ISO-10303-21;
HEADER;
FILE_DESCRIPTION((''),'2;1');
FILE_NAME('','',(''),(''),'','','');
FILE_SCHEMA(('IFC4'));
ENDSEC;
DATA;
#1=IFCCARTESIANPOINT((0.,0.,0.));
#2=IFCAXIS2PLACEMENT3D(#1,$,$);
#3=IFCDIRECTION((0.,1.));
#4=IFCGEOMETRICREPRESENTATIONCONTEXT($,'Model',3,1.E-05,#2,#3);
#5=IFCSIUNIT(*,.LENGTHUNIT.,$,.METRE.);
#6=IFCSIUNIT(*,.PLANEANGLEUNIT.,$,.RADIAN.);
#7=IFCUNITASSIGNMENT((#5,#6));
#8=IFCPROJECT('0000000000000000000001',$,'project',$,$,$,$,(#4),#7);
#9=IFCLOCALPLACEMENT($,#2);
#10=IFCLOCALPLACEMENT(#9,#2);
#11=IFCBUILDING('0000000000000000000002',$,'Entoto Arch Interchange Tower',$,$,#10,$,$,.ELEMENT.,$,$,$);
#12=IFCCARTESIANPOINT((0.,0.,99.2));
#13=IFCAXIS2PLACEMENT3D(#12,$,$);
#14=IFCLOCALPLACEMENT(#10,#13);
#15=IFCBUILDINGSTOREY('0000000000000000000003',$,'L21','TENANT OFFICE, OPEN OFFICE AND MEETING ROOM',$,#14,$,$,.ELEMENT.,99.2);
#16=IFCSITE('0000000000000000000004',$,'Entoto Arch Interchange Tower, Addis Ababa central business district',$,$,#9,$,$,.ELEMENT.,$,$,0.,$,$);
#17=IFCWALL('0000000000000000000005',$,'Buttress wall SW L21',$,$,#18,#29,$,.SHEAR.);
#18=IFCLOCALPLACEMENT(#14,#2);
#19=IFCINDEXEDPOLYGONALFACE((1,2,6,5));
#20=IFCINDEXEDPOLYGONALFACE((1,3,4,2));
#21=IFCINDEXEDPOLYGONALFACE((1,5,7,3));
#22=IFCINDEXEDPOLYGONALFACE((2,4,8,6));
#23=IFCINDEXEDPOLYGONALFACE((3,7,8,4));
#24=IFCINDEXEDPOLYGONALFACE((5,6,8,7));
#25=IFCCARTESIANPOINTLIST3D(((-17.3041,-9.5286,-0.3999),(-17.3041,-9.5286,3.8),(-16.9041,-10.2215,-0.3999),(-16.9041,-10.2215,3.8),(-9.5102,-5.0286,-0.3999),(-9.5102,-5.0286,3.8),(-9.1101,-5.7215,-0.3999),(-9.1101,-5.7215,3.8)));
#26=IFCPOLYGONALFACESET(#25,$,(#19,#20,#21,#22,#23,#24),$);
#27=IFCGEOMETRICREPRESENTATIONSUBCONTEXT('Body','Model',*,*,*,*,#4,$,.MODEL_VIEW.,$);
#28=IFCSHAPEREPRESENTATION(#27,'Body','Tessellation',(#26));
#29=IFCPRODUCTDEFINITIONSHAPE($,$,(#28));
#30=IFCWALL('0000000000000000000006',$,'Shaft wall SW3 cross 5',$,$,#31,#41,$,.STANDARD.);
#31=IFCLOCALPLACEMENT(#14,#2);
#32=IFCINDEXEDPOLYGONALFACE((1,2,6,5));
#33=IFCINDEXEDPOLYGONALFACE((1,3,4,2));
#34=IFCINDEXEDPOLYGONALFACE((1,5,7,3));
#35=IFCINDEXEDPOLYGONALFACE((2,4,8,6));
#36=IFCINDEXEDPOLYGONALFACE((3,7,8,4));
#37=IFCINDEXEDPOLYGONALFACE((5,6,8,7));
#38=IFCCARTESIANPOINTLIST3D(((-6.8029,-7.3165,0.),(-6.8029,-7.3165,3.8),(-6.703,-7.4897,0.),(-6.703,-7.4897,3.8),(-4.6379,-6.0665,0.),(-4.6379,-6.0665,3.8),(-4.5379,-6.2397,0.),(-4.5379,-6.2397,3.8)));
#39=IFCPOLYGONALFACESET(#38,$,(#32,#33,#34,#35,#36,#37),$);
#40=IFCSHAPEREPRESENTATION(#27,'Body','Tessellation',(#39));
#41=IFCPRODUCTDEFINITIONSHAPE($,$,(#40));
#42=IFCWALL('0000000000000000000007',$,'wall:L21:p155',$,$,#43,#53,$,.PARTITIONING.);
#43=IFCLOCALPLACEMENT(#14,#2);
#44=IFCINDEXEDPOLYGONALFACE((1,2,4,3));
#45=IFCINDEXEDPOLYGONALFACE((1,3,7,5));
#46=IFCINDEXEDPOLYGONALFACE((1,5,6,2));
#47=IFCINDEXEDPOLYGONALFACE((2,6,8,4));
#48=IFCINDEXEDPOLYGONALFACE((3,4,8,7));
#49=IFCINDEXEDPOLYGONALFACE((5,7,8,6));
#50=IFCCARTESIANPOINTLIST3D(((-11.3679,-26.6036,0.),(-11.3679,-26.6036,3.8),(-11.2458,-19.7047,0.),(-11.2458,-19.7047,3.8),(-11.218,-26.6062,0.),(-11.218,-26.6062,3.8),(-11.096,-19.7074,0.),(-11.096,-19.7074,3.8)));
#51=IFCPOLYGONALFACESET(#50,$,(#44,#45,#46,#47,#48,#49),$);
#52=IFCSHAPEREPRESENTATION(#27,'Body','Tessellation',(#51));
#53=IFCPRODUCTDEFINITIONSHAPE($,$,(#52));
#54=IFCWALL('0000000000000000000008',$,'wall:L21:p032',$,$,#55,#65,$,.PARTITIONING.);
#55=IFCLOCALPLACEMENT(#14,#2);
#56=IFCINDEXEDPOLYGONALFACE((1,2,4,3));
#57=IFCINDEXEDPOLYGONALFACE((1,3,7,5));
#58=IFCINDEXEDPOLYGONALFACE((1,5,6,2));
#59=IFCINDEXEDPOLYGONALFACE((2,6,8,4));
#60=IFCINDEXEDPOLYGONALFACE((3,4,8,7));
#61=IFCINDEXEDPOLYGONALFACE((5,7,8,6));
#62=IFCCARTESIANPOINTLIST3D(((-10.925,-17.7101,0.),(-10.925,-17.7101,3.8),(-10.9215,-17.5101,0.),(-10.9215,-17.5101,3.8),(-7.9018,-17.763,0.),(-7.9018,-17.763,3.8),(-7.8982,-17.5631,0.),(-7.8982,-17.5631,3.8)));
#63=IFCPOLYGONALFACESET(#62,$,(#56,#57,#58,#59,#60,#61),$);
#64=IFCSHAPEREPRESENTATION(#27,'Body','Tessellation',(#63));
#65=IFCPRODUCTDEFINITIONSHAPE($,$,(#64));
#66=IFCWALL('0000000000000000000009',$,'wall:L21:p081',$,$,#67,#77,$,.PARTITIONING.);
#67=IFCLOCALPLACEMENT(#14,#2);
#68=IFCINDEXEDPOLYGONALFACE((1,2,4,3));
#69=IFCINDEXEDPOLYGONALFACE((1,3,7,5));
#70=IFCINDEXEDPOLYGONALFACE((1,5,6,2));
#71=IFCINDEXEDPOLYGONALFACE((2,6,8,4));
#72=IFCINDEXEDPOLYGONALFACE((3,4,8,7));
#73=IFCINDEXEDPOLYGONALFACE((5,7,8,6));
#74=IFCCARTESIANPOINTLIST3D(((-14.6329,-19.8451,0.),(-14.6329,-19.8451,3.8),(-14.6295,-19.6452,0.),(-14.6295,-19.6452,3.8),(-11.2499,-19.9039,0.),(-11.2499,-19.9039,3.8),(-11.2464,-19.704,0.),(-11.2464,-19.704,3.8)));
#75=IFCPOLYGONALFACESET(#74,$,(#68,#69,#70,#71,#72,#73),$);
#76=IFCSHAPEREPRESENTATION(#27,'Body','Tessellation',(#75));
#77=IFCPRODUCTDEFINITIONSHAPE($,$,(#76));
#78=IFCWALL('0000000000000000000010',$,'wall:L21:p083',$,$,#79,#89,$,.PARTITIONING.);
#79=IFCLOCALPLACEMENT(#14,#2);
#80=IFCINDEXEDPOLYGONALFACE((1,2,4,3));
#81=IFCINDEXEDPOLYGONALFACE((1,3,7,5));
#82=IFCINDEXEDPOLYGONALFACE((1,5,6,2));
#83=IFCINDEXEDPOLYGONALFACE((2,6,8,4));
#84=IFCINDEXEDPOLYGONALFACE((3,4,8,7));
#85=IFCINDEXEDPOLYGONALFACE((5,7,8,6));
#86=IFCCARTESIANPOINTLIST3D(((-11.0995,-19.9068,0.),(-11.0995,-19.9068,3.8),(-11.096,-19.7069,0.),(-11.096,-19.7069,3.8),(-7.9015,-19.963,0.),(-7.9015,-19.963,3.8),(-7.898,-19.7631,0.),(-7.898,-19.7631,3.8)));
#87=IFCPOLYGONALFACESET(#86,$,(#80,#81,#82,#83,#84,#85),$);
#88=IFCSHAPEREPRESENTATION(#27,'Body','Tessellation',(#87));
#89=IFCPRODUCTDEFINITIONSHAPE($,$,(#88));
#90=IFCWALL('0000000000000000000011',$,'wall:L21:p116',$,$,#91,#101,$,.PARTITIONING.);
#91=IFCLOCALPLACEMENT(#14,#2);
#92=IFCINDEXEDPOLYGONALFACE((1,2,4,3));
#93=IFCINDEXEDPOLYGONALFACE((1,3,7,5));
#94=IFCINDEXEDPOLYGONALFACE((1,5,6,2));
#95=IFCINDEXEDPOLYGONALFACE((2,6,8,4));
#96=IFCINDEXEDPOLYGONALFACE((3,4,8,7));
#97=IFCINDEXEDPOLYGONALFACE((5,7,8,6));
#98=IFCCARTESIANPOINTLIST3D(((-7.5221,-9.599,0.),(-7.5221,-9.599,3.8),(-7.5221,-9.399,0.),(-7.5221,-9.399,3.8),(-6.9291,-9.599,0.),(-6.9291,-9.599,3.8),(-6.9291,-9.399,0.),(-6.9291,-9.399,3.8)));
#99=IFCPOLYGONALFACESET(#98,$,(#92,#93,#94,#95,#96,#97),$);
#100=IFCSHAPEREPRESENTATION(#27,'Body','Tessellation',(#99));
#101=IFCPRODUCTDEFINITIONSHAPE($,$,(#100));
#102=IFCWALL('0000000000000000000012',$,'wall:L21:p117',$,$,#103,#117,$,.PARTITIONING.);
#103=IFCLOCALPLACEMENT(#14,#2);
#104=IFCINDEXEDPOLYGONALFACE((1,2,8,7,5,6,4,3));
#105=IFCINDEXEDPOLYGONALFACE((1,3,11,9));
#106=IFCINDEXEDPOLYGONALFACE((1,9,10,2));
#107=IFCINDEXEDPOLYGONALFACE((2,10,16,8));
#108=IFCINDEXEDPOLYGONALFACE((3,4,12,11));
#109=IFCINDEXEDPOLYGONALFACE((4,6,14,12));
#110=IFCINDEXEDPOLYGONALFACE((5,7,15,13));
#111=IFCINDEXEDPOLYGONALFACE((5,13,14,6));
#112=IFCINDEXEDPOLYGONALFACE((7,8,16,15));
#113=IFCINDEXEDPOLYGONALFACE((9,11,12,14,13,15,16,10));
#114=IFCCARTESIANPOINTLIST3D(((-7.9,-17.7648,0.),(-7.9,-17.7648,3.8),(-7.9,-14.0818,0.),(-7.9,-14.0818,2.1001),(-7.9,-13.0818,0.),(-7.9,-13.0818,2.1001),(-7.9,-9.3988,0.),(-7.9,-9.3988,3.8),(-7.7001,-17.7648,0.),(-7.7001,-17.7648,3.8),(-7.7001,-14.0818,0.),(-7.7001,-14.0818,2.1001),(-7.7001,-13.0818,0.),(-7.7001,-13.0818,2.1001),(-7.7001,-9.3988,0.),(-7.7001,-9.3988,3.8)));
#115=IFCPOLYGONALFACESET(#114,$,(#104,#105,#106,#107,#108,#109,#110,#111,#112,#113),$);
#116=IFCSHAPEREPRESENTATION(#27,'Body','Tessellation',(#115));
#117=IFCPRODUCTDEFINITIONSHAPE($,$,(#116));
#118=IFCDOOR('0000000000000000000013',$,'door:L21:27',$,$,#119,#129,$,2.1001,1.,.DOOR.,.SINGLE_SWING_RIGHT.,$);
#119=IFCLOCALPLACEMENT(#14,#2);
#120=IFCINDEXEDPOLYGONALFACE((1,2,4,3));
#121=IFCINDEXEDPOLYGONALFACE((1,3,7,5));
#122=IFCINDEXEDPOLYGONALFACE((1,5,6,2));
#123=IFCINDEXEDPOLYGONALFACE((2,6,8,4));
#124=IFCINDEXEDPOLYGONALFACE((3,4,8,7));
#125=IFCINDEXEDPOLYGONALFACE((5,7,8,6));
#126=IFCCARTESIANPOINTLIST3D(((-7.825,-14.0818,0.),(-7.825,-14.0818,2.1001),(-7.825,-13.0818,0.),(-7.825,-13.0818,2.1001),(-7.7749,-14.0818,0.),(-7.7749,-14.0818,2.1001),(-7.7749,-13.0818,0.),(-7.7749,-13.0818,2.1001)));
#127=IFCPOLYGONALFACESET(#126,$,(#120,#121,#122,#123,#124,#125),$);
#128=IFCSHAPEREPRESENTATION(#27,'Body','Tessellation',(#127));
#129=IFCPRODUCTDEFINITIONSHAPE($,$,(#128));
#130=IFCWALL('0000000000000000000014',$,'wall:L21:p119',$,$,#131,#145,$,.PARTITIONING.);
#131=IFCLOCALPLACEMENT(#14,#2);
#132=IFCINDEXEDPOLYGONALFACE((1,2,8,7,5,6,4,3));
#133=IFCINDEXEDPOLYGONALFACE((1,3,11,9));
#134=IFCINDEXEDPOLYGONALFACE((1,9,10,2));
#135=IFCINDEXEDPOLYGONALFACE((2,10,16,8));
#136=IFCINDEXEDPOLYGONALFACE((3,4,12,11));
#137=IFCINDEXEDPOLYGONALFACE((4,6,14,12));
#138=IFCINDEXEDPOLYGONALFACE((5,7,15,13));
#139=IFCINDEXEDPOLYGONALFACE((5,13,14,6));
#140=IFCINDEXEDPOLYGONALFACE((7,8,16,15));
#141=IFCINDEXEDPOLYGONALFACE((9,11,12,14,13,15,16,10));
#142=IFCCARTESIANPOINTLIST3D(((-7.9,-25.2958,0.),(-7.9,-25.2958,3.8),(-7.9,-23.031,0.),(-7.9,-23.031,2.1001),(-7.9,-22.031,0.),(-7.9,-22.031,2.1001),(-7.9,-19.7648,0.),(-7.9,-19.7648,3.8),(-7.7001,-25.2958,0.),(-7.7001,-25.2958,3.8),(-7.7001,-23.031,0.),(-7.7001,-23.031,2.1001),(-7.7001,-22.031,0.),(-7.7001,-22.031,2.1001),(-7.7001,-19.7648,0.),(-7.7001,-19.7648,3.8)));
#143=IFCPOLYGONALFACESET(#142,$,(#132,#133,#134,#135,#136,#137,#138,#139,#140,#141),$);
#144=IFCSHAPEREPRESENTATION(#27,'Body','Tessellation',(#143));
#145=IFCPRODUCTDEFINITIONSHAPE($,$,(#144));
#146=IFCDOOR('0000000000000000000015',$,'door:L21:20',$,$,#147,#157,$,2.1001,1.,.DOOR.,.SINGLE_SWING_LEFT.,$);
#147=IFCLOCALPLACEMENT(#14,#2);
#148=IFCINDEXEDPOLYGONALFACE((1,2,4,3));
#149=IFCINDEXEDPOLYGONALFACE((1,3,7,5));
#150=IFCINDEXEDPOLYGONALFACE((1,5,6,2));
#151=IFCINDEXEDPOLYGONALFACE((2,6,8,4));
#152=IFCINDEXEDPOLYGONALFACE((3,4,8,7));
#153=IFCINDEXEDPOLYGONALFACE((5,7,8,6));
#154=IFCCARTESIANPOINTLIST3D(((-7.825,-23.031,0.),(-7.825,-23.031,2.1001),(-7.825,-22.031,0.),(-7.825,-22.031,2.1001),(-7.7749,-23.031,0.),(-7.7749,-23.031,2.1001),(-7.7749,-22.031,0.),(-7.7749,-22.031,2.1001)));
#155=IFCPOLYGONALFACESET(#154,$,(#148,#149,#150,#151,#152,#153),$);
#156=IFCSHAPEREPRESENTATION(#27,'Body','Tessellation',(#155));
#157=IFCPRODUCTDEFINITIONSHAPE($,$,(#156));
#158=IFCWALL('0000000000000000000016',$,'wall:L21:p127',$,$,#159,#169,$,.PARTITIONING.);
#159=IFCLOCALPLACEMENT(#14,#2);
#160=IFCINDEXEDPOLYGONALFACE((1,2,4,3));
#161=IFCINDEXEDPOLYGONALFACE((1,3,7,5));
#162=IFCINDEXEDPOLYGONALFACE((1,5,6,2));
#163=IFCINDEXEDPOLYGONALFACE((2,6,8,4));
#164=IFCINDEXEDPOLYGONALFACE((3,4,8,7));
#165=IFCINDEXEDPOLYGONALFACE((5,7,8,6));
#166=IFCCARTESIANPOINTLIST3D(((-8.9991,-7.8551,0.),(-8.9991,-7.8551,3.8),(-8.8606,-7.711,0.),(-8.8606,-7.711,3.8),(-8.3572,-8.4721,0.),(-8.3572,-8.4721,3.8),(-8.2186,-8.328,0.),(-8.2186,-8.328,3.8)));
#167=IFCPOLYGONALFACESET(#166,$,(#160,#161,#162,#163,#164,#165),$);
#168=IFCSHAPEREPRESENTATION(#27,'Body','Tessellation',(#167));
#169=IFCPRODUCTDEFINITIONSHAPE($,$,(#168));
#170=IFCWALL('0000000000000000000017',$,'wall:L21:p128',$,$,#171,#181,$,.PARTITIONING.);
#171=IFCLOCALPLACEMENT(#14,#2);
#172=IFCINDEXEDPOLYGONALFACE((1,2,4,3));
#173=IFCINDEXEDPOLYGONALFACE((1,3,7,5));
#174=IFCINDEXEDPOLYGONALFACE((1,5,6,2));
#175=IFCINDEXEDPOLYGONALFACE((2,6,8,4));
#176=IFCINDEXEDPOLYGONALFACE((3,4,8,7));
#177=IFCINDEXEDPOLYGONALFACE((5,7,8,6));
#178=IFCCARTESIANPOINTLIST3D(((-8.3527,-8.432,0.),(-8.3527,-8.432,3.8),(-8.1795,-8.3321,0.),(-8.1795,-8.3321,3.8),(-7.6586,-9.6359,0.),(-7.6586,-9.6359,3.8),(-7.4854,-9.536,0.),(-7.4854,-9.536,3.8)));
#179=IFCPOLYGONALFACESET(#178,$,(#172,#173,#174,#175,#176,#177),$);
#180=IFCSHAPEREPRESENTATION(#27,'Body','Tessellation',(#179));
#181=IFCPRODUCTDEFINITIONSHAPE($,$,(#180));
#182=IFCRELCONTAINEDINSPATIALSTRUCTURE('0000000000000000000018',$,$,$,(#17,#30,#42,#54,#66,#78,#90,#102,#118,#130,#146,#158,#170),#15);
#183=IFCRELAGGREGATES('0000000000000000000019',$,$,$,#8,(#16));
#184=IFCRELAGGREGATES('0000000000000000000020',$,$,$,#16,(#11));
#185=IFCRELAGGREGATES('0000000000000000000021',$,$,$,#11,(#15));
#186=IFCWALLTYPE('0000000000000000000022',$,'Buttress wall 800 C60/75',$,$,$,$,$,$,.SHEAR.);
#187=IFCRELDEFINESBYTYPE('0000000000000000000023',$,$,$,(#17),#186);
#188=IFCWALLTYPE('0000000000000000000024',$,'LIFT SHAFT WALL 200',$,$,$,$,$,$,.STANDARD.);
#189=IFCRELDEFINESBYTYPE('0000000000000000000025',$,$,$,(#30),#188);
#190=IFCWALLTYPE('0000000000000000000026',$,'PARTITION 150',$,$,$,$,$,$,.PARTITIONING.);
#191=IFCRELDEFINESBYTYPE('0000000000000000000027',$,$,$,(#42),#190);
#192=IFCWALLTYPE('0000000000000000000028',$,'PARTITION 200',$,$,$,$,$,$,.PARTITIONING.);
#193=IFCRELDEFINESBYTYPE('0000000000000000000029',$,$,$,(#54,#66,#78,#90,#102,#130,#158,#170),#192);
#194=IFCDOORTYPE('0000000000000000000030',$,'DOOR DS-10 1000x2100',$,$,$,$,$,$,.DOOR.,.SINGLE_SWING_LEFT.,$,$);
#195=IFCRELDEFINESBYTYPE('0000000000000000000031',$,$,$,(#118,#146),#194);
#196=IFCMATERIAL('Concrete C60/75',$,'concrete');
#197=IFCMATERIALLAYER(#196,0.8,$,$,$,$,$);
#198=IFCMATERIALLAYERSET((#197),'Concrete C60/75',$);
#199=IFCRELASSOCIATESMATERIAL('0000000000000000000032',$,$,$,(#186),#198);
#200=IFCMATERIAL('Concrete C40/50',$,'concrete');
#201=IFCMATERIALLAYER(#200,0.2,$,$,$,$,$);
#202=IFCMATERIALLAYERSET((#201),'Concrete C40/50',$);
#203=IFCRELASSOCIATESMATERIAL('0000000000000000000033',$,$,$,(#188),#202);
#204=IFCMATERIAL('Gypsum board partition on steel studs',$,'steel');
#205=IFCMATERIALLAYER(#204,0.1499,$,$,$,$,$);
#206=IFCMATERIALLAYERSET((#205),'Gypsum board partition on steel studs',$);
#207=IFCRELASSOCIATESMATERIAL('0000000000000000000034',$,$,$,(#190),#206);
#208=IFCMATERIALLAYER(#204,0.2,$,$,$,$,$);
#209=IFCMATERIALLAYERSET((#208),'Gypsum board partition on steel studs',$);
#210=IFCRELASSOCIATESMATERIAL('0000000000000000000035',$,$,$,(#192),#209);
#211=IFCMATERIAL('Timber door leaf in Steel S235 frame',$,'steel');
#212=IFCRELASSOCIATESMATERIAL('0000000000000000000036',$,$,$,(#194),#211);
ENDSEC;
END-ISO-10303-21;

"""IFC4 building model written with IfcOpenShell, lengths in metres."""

from ifc_helpers import new_model, si_unit, direction, frame, frame_2d, origin, place, context, subcontext, project, spatial, rectangle, extrude, material, layer, layer_set, type_object, element, fill, save


model = new_model("IFC4")

# Units and contexts
model_context = context("Model", 3, precision=1e-05, world=origin(), true_north=direction((0.0, 1.0)))
body_context = subcontext(model_context, "Body", "Model", "MODEL_VIEW")
ifc_project = project(units=[si_unit("LENGTHUNIT", "METRE"), si_unit("PLANEANGLEUNIT", "RADIAN")], contexts=[model_context])

# Site, building, storey
site_placement = place(None, origin())
site = spatial("IfcSite", under=ifc_project, at=site_placement, Name="Entoto Arch Interchange Tower, Addis Ababa central business district", CompositionType="ELEMENT", RefElevation=0.0)
building_placement = place(site_placement, origin())
building = spatial("IfcBuilding", under=site, at=building_placement, Name="Entoto Arch Interchange Tower", CompositionType="ELEMENT")
storey_placement = place(building_placement, frame((0.0, 0.0, 99.2)))
storey = spatial("IfcBuildingStorey", under=building, at=storey_placement, Name="L21", Description="TENANT OFFICE, OPEN OFFICE AND MEETING ROOM", CompositionType="ELEMENT", Elevation=99.2)

# Shared definitions
ifc_material_1 = material(Name="Concrete C60/75", Category="concrete")

# Walls
ifc_layer_1 = layer(ifc_material_1, 0.8)
ifc_layer_set_1 = layer_set([ifc_layer_1], Name="Concrete C60/75")
wall_type_1 = type_object("IfcWallType", Name="Buttress wall 800 C60/75", PredefinedType="SHEAR", material=ifc_layer_set_1)
wall_1_placement = place(storey_placement, frame((-9.3101, -5.375, -0.3999), z_axis=(0.0, 0.0, 1.0), x_axis=(-0.866018, -0.500014, 0.0)))
element("IfcWall", 1, at=wall_1_placement, inside=storey, type_object=wall_type_1, Name="Buttress wall SW L21", PredefinedType="SHEAR", context=body_context, shape_type="SweptSolid", body=[
    extrude(rectangle(XDim=8.9998, YDim=0.8, at=frame_2d((4.5, 0.0))), origin(), (0.0, 0.0, 1.0), 4.2),
])
ifc_material_2 = material(Name="Concrete C40/50", Category="concrete")
ifc_layer_2 = layer(ifc_material_2, 0.2)
ifc_layer_set_2 = layer_set([ifc_layer_2], Name="Concrete C40/50")
wall_type_2 = type_object("IfcWallType", Name="LIFT SHAFT WALL 200", PredefinedType="STANDARD", material=ifc_layer_set_2)
wall_2_placement = place(storey_placement, frame((-4.5879, -6.1531, 0.0), z_axis=(0.0, 0.0, 1.0), x_axis=(-0.866023, -0.500004, 0.0)))
element("IfcWall", 2, at=wall_2_placement, inside=storey, type_object=wall_type_2, Name="Shaft wall SW3 cross 5", PredefinedType="STANDARD", context=body_context, shape_type="SweptSolid", body=[
    extrude(rectangle(XDim=2.5, YDim=0.2, at=frame_2d((1.25, 0.0))), origin(), (0.0, 0.0, 1.0), 3.8),
])
ifc_material_3 = material(Name="Gypsum board partition on steel studs", Category="steel")
ifc_layer_3 = layer(ifc_material_3, 0.1499)
ifc_layer_set_3 = layer_set([ifc_layer_3], Name="Gypsum board partition on steel studs")
wall_type_3 = type_object("IfcWallType", Name="PARTITION 150", PredefinedType="PARTITIONING", material=ifc_layer_set_3)
wall_3_placement = place(storey_placement, frame((-11.1709, -19.7061, 0.0), z_axis=(0.0, 0.0, 1.0), x_axis=(-0.017691, -0.999843, 0.0)))
element("IfcWall", 3, at=wall_3_placement, inside=storey, type_object=wall_type_3, Name="wall:L21:p155", PredefinedType="PARTITIONING", context=body_context, shape_type="SweptSolid", body=[
    extrude(rectangle(XDim=6.8999, YDim=0.1499, at=frame_2d((3.45, 0.0))), origin(), (0.0, 0.0, 1.0), 3.8),
])
ifc_layer_4 = layer(ifc_material_3, 0.2)
ifc_layer_set_4 = layer_set([ifc_layer_4], Name="Gypsum board partition on steel studs")
wall_type_4 = type_object("IfcWallType", Name="PARTITION 200", PredefinedType="PARTITIONING", material=ifc_layer_set_4)
wall_4_placement = place(storey_placement, frame((-10.9231, -17.6101, 0.0), z_axis=(0.0, 0.0, 1.0), x_axis=(0.999846, -0.017521, 0.0)))
element("IfcWall", 4, at=wall_4_placement, inside=storey, type_object=wall_type_4, Name="wall:L21:p032", PredefinedType="PARTITIONING", context=body_context, shape_type="SweptSolid", body=[
    extrude(rectangle(XDim=3.0237, YDim=0.2, at=frame_2d((1.5117, 0.0))), origin(), (0.0, 0.0, 1.0), 3.8),
])
wall_5_placement = place(storey_placement, frame((-11.248, -19.804, 0.0), z_axis=(0.0, 0.0, 1.0), x_axis=(-0.999849, 0.017389, 0.0)))
element("IfcWall", 5, at=wall_5_placement, inside=storey, type_object=wall_type_4, Name="wall:L21:p081", PredefinedType="PARTITIONING", context=body_context, shape_type="SweptSolid", body=[
    extrude(rectangle(XDim=3.3835, YDim=0.2, at=frame_2d((1.6919, 0.0))), origin(), (0.0, 0.0, 1.0), 3.8),
])
wall_6_placement = place(storey_placement, frame((-7.8999, -19.863, 0.0), z_axis=(0.0, 0.0, 1.0), x_axis=(-0.999846, 0.017556, 0.0)))
element("IfcWall", 6, at=wall_6_placement, inside=storey, type_object=wall_type_4, Name="wall:L21:p083", PredefinedType="PARTITIONING", context=body_context, shape_type="SweptSolid", body=[
    extrude(rectangle(XDim=3.1985, YDim=0.2, at=frame_2d((1.5991, 0.0))), origin(), (0.0, 0.0, 1.0), 3.8),
])
wall_7_placement = place(storey_placement, frame((-7.522, -9.499, 0.0), z_axis=(0.0, 0.0, 1.0), x_axis=(1.0, 0.0, 0.0)))
element("IfcWall", 7, at=wall_7_placement, inside=storey, type_object=wall_type_4, Name="wall:L21:p116", PredefinedType="PARTITIONING", context=body_context, shape_type="SweptSolid", body=[
    extrude(rectangle(XDim=0.593, YDim=0.2, at=frame_2d((0.2964, 0.0))), origin(), (0.0, 0.0, 1.0), 3.8),
])

# Walls, openings, doors
wall_8_placement = place(storey_placement, frame((-7.8, -17.7649, 0.0), z_axis=(0.0, 0.0, 1.0), x_axis=(0.0, 1.0, 0.0)))
wall_8 = element("IfcWall", 8, at=wall_8_placement, inside=storey, type_object=wall_type_4, Name="wall:L21:p117", PredefinedType="PARTITIONING", context=body_context, shape_type="SweptSolid", body=[
    extrude(rectangle(XDim=8.366, YDim=0.2, at=frame_2d((4.1831, 0.0))), origin(), (0.0, 0.0, 1.0), 3.8),
])
opening_1_placement = place(wall_8_placement, frame((3.6831, 0.0, 0.0)))
opening_1 = element("IfcOpeningElement", 9, at=opening_1_placement, cuts=wall_8, PredefinedType="OPENING", context=body_context, shape_type="SweptSolid", body=[
    extrude(rectangle(XDim=1.0, YDim=2.1001, at=frame_2d((0.5, 1.05))), frame((0.0, 0.1099, 0.0), z_axis=(0.0, -1.0, 0.0), x_axis=(1.0, 0.0, 0.0)), (0.0, 0.0, 1.0), 0.22),
])
ifc_material_4 = material(Name="Timber door leaf in Steel S235 frame", Category="steel")
door_type = type_object("IfcDoorType", Name="DOOR DS-10 1000x2100", OperationType="SINGLE_SWING_LEFT", PredefinedType="DOOR", material=ifc_material_4)
door_1_placement = place(opening_1_placement, origin())
door_1 = element("IfcDoor", 10, at=door_1_placement, inside=storey, type_object=door_type, Name="door:L21:27", OperationType="SINGLE_SWING_RIGHT", OverallHeight=2.1001, OverallWidth=1.0, PredefinedType="DOOR", context=body_context, shape_type="SweptSolid", body=[
    extrude(rectangle(XDim=1.0, YDim=2.1001, at=frame_2d((0.5, 1.05))), frame((0.0, 0.0249, 0.0), z_axis=(0.0, -1.0, 0.0), x_axis=(1.0, 0.0, 0.0)), (0.0, 0.0, 1.0), 0.05),
])
fill(opening_1, door_1)
wall_9_placement = place(storey_placement, frame((-7.8, -25.2959, 0.0), z_axis=(0.0, 0.0, 1.0), x_axis=(0.0, 1.0, 0.0)))
wall_9 = element("IfcWall", 11, at=wall_9_placement, inside=storey, type_object=wall_type_4, Name="wall:L21:p119", PredefinedType="PARTITIONING", context=body_context, shape_type="SweptSolid", body=[
    extrude(rectangle(XDim=5.531, YDim=0.2, at=frame_2d((2.7656, 0.0))), origin(), (0.0, 0.0, 1.0), 3.8),
])
opening_2_placement = place(wall_9_placement, frame((2.2649, 0.0, 0.0)))
opening_2 = element("IfcOpeningElement", 12, at=opening_2_placement, cuts=wall_9, PredefinedType="OPENING", context=body_context, shape_type="SweptSolid", body=[
    extrude(rectangle(XDim=1.0, YDim=2.1001, at=frame_2d((0.5, 1.05))), frame((0.0, 0.1099, 0.0), z_axis=(0.0, -1.0, 0.0), x_axis=(1.0, 0.0, 0.0)), (0.0, 0.0, 1.0), 0.22),
])
door_2_placement = place(opening_2_placement, origin())
door_2 = element("IfcDoor", 13, at=door_2_placement, inside=storey, type_object=door_type, Name="door:L21:20", OperationType="SINGLE_SWING_LEFT", OverallHeight=2.1001, OverallWidth=1.0, PredefinedType="DOOR", context=body_context, shape_type="SweptSolid", body=[
    extrude(rectangle(XDim=1.0, YDim=2.1001, at=frame_2d((0.5, 1.05))), frame((0.0, 0.0249, 0.0), z_axis=(0.0, -1.0, 0.0), x_axis=(1.0, 0.0, 0.0)), (0.0, 0.0, 1.0), 0.05),
])
fill(opening_2, door_2)

# Walls
wall_10_placement = place(storey_placement, frame((-8.9299, -7.783, 0.0), z_axis=(0.0, 0.0, 1.0), x_axis=(0.720954, -0.692983, 0.0)))
element("IfcWall", 14, at=wall_10_placement, inside=storey, type_object=wall_type_4, Name="wall:L21:p127", PredefinedType="PARTITIONING", context=body_context, shape_type="SweptSolid", body=[
    extrude(rectangle(XDim=0.8904, YDim=0.2, at=frame_2d((0.4453, 0.0))), origin(), (0.0, 0.0, 1.0), 3.8),
])
wall_11_placement = place(storey_placement, frame((-7.572, -9.5859, 0.0), z_axis=(0.0, 0.0, 1.0), x_axis=(-0.499484, 0.866323, 0.0)))
element("IfcWall", 15, at=wall_11_placement, inside=storey, type_object=wall_type_4, Name="wall:L21:p128", PredefinedType="PARTITIONING", context=body_context, shape_type="SweptSolid", body=[
    extrude(rectangle(XDim=1.3896, YDim=0.2, at=frame_2d((0.6948, 0.0))), origin(), (0.0, 0.0, 1.0), 3.8),
])

save(model, "model.ifc")
